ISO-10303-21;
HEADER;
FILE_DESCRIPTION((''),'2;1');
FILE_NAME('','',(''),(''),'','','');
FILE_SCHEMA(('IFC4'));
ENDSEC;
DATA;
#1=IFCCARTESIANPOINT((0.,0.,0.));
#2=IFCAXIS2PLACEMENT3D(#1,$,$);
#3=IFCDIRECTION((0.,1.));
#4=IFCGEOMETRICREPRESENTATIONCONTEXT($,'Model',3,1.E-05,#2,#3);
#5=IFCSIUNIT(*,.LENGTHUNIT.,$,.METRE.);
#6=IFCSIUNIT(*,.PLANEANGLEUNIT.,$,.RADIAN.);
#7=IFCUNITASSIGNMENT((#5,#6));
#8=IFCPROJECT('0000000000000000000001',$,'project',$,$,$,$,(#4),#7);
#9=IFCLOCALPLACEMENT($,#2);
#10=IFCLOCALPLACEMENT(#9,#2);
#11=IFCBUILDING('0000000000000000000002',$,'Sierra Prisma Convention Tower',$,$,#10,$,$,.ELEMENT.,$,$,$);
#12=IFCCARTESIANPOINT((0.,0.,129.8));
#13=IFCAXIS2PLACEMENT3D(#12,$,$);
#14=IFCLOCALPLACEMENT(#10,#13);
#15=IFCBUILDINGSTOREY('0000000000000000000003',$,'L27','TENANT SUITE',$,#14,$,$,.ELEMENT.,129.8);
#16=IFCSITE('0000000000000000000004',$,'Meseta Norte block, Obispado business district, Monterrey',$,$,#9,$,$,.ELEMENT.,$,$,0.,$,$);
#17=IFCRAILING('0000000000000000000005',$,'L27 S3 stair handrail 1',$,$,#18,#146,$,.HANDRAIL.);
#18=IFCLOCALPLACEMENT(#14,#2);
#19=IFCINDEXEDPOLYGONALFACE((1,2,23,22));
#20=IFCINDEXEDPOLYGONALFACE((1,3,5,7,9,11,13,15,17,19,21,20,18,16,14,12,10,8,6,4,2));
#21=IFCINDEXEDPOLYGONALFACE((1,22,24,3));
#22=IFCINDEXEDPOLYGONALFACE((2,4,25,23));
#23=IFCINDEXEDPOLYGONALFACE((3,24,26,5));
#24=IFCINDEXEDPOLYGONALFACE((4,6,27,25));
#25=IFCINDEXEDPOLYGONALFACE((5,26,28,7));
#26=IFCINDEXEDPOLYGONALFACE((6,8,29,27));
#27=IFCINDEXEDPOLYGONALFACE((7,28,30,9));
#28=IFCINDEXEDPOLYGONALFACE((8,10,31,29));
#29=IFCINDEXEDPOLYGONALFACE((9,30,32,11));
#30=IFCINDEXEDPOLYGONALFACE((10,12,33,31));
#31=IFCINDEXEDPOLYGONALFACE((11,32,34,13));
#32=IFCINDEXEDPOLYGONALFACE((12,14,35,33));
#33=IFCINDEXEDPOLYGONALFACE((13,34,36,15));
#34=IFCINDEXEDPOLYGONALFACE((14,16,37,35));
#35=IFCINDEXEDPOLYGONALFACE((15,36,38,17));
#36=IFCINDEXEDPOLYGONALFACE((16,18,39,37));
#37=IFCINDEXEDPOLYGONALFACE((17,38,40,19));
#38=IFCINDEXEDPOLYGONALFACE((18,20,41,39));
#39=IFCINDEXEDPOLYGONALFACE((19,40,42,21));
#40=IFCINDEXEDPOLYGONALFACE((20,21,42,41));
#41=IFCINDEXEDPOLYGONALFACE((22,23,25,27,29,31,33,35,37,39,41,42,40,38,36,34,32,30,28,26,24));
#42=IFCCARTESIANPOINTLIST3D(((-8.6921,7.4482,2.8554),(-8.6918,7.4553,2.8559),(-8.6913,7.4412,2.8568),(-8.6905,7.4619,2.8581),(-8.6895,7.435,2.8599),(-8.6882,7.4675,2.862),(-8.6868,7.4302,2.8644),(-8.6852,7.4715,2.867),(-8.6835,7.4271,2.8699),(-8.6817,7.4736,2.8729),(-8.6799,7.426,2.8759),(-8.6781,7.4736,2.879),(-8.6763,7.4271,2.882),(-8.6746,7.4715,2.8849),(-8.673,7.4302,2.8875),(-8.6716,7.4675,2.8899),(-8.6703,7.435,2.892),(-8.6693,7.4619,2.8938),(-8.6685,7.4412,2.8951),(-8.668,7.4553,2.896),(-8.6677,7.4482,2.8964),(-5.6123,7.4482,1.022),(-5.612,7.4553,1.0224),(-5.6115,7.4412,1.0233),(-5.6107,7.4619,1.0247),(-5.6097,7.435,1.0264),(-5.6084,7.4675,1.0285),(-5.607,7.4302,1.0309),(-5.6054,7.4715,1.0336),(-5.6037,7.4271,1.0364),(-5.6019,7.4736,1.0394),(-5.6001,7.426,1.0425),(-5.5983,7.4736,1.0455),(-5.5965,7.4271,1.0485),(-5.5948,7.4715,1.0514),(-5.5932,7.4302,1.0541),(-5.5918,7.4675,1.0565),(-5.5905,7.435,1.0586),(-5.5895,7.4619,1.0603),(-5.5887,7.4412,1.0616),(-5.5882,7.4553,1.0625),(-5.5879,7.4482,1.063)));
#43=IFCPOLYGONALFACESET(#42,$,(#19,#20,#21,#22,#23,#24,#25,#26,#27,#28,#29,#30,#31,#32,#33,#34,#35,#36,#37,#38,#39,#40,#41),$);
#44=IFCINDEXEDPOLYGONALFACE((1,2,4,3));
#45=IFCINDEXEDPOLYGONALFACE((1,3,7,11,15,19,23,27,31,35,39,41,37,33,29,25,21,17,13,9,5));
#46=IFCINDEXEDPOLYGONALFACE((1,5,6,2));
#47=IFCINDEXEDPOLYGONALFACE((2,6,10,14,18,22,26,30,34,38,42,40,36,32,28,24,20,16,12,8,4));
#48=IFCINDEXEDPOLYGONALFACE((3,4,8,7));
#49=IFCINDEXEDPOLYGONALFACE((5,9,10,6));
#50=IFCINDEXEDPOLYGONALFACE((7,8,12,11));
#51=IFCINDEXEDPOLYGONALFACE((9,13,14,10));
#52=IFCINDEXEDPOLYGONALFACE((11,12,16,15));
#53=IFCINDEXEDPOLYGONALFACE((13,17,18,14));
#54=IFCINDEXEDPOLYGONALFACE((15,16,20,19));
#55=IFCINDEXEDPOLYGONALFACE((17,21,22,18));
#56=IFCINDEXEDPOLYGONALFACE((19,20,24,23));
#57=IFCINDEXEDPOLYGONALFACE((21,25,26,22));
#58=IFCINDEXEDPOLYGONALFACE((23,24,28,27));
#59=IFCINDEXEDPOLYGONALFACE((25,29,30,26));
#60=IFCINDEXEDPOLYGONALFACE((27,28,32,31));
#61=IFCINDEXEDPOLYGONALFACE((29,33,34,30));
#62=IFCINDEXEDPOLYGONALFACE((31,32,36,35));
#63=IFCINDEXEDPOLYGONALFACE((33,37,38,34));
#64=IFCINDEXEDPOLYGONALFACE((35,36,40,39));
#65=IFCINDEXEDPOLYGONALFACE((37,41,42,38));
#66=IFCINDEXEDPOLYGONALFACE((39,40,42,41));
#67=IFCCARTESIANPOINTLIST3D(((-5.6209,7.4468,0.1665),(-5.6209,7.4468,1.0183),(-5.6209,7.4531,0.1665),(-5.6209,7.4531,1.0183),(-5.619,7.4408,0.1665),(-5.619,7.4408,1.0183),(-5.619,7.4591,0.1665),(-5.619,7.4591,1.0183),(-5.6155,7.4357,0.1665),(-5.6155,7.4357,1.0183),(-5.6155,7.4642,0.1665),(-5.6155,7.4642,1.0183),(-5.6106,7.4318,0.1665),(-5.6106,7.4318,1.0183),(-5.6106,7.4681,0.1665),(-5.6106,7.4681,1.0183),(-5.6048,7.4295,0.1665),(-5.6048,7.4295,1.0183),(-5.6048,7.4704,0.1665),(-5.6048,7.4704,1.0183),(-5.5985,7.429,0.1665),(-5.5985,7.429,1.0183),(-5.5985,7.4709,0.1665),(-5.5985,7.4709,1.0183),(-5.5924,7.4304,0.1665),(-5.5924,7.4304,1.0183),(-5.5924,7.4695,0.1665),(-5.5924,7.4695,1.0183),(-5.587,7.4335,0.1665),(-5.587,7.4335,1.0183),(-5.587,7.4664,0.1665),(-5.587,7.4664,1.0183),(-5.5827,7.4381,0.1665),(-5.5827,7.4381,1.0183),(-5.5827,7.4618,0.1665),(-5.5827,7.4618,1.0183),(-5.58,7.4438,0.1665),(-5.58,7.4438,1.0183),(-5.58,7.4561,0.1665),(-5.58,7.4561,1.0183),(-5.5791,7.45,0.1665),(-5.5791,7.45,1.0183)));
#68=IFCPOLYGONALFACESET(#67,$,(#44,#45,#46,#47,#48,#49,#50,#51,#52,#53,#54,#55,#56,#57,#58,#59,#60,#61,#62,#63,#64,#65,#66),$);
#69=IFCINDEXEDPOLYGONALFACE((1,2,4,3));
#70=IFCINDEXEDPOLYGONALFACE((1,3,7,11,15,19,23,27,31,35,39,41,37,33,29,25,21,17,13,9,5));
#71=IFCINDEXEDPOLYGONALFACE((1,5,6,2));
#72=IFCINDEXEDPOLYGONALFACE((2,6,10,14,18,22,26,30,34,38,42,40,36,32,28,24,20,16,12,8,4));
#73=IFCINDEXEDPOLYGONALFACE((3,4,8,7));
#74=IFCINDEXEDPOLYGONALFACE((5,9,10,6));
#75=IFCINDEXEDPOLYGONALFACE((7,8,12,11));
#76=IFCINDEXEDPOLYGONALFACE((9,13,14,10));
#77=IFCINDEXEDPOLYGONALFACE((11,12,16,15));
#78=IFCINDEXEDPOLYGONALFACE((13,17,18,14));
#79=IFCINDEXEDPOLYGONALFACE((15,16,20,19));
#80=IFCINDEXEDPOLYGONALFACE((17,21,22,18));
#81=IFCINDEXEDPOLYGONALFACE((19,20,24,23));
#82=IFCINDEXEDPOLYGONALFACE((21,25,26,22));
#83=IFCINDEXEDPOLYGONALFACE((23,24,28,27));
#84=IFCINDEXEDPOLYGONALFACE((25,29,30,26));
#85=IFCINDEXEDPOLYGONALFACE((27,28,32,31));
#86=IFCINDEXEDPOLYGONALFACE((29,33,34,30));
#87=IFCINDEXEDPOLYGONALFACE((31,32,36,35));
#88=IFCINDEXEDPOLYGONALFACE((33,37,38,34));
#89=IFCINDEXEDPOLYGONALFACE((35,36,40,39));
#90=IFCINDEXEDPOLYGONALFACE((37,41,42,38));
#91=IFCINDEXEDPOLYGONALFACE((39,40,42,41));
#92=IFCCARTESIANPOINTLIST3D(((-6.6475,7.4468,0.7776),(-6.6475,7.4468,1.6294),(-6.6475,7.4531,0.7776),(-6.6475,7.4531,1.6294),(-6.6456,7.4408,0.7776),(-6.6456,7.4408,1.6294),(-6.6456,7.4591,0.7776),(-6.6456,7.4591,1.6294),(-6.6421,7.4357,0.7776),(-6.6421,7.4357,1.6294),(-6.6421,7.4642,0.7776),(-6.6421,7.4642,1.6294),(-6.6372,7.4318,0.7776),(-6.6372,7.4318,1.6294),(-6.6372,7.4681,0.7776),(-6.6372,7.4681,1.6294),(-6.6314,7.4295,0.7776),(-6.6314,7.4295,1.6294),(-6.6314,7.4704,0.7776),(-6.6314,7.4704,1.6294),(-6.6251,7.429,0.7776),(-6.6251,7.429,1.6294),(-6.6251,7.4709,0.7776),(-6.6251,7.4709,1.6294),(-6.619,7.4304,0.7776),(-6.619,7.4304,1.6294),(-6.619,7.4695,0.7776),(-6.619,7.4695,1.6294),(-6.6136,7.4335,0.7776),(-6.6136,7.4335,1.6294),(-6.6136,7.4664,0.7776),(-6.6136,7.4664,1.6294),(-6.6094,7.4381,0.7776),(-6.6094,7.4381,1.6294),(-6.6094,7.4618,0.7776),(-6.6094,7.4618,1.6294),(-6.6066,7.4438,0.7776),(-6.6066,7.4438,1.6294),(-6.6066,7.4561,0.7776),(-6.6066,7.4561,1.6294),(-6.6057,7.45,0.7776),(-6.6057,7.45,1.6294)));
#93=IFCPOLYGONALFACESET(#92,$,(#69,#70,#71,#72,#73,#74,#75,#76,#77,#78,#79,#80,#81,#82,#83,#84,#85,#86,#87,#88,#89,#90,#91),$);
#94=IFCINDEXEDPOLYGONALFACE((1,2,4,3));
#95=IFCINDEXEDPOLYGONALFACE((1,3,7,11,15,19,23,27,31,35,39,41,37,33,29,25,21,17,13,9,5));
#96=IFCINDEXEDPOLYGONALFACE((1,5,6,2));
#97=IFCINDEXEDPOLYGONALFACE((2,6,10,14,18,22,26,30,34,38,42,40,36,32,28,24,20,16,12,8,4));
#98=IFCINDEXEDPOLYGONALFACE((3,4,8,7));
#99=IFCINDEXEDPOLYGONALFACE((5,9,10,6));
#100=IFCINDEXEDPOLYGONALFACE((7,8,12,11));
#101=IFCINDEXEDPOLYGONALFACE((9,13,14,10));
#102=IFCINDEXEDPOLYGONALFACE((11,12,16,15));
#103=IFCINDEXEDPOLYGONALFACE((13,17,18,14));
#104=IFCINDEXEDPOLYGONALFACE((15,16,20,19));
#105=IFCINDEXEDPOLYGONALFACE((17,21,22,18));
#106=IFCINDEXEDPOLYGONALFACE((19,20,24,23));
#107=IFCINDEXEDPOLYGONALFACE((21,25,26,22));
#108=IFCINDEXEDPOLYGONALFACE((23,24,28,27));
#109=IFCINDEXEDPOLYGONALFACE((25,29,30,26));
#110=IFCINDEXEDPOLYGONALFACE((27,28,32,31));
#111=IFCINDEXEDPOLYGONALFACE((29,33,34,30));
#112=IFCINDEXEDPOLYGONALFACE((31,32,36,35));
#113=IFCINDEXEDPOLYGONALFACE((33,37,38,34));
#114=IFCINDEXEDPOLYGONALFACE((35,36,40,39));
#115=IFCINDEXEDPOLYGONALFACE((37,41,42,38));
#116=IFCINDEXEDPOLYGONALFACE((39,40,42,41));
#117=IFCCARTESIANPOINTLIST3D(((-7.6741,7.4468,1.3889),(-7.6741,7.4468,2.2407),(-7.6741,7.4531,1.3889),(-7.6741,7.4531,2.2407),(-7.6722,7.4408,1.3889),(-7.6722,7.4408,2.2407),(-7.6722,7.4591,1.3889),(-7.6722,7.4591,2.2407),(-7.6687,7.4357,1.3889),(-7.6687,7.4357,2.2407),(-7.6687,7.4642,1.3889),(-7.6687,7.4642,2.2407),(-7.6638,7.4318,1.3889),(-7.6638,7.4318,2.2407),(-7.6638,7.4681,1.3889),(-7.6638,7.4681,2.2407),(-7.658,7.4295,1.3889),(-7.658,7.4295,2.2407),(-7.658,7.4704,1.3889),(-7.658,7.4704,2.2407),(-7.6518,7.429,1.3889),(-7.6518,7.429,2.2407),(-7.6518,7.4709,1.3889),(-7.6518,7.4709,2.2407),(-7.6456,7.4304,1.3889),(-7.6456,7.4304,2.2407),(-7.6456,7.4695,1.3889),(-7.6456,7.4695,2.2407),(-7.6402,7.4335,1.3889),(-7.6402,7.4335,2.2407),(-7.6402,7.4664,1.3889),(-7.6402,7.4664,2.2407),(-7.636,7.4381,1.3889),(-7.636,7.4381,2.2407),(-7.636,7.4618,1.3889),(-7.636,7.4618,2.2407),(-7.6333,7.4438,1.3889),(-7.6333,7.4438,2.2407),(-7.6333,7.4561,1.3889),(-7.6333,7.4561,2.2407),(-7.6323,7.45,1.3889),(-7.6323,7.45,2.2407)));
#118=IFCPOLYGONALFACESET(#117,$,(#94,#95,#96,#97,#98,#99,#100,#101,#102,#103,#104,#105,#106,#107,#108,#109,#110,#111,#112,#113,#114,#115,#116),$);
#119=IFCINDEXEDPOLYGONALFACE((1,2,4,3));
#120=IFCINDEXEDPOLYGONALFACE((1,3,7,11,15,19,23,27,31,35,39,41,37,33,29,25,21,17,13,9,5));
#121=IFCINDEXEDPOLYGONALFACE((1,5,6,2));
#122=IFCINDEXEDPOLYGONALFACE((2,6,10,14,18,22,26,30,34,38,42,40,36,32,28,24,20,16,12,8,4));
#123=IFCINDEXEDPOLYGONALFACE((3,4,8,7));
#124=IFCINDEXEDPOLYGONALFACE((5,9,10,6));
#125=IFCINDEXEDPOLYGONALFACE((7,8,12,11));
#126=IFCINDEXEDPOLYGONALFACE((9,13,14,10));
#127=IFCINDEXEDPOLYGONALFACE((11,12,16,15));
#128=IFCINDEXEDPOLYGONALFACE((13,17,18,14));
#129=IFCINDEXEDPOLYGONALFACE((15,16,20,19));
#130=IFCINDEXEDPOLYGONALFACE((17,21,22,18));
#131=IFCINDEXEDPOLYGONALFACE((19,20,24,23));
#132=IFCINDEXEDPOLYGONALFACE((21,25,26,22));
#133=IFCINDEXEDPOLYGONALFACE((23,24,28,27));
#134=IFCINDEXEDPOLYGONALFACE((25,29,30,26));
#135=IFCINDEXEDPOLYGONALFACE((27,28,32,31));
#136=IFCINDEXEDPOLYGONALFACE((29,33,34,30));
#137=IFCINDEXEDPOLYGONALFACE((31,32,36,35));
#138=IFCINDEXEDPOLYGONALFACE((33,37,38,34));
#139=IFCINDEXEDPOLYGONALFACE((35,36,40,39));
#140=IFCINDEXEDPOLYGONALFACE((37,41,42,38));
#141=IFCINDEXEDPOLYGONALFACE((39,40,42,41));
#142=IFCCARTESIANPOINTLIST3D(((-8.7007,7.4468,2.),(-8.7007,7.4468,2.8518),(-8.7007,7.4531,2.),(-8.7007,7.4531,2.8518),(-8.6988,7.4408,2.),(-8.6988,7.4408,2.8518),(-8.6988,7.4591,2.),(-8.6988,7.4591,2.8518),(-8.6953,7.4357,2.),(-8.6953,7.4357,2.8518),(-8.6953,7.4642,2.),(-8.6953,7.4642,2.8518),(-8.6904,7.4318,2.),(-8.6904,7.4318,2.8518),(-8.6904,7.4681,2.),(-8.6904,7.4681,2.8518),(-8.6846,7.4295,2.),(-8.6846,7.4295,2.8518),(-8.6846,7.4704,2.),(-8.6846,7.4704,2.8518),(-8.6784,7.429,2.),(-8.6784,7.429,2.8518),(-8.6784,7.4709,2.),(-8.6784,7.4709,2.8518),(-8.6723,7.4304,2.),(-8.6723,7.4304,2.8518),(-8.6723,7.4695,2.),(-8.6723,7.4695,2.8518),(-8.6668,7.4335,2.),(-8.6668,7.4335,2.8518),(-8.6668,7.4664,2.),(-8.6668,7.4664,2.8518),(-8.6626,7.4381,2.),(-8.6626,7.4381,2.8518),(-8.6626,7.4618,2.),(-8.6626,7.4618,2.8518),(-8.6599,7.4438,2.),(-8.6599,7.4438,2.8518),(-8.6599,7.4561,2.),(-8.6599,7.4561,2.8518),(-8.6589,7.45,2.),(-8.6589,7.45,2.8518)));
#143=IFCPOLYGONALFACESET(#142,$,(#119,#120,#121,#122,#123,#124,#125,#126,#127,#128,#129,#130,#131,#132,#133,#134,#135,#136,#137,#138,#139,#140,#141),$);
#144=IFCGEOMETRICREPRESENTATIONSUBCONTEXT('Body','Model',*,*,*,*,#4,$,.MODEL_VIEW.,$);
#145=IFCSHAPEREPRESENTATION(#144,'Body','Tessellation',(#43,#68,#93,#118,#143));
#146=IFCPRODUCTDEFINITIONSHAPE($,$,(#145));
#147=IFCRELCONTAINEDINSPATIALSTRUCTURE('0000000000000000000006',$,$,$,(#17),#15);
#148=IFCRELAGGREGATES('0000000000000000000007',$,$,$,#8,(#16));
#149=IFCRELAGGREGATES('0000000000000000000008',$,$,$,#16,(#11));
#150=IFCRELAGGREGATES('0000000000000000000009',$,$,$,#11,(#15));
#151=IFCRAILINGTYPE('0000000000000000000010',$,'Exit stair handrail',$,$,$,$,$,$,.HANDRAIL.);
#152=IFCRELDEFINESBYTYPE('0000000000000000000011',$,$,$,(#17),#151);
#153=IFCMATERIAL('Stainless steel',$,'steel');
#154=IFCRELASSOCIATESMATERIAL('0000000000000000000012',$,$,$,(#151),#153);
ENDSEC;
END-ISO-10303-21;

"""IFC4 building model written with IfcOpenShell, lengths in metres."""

from ifc_helpers import new_model, si_unit, direction, frame, origin, origin_2d, place, context, subcontext, project, spatial, circle, extrude, material, type_object, element, save


model = new_model("IFC4")

# Units and contexts
model_context = context("Model", 3, precision=1e-05, world=origin(), true_north=direction((0.0, 1.0)))
body_context = subcontext(model_context, "Body", "Model", "MODEL_VIEW")
ifc_project = project(units=[si_unit("LENGTHUNIT", "METRE"), si_unit("PLANEANGLEUNIT", "RADIAN")], contexts=[model_context])

# Site, building, storey
site_placement = place(None, origin())
site = spatial("IfcSite", under=ifc_project, at=site_placement, Name="Meseta Norte block, Obispado business district, Monterrey", CompositionType="ELEMENT", RefElevation=0.0)
building_placement = place(site_placement, origin())
building = spatial("IfcBuilding", under=site, at=building_placement, Name="Sierra Prisma Convention Tower", CompositionType="ELEMENT")
storey_placement = place(building_placement, frame((0.0, 0.0, 129.8)))
storey = spatial("IfcBuildingStorey", under=building, at=storey_placement, Name="L27", Description="TENANT SUITE", CompositionType="ELEMENT", Elevation=129.8)

# Railing
ifc_material_1 = material(Name="Stainless steel", Category="steel")
railing_type_1 = type_object("IfcRailingType", Name="Exit stair handrail", PredefinedType="HANDRAIL", material=ifc_material_1)
railing_1_placement = place(storey_placement, frame((-5.6001, 7.45, 0.1665)))
element("IfcRailing", 1, at=railing_1_placement, inside=storey, type_object=railing_type_1, Name="L27 S3 stair handrail 1", PredefinedType="HANDRAIL", context=body_context, shape_type="SweptSolid", body=[
    extrude(circle(Radius=0.0239, at=origin_2d()), frame((0.0, 0.0, 0.876), z_axis=(-0.859261, 0.0, 0.511538), x_axis=(0.0, -1.0, 0.0)), (0.0, 0.0, 1.0), 3.5842),
    extrude(circle(Radius=0.021, at=origin_2d()), origin(), (0.0, 0.0, 1.0), 0.8518),
    extrude(circle(Radius=0.021, at=origin_2d()), frame((-1.0266, 0.0, 0.6111)), (0.0, 0.0, 1.0), 0.8518),
    extrude(circle(Radius=0.021, at=origin_2d()), frame((-2.0532, 0.0, 1.2224)), (0.0, 0.0, 1.0), 0.8518),
    extrude(circle(Radius=0.021, at=origin_2d()), frame((-3.0798, 0.0, 1.8335)), (0.0, 0.0, 1.0), 0.8518),
])

save(model, "model.ifc")
